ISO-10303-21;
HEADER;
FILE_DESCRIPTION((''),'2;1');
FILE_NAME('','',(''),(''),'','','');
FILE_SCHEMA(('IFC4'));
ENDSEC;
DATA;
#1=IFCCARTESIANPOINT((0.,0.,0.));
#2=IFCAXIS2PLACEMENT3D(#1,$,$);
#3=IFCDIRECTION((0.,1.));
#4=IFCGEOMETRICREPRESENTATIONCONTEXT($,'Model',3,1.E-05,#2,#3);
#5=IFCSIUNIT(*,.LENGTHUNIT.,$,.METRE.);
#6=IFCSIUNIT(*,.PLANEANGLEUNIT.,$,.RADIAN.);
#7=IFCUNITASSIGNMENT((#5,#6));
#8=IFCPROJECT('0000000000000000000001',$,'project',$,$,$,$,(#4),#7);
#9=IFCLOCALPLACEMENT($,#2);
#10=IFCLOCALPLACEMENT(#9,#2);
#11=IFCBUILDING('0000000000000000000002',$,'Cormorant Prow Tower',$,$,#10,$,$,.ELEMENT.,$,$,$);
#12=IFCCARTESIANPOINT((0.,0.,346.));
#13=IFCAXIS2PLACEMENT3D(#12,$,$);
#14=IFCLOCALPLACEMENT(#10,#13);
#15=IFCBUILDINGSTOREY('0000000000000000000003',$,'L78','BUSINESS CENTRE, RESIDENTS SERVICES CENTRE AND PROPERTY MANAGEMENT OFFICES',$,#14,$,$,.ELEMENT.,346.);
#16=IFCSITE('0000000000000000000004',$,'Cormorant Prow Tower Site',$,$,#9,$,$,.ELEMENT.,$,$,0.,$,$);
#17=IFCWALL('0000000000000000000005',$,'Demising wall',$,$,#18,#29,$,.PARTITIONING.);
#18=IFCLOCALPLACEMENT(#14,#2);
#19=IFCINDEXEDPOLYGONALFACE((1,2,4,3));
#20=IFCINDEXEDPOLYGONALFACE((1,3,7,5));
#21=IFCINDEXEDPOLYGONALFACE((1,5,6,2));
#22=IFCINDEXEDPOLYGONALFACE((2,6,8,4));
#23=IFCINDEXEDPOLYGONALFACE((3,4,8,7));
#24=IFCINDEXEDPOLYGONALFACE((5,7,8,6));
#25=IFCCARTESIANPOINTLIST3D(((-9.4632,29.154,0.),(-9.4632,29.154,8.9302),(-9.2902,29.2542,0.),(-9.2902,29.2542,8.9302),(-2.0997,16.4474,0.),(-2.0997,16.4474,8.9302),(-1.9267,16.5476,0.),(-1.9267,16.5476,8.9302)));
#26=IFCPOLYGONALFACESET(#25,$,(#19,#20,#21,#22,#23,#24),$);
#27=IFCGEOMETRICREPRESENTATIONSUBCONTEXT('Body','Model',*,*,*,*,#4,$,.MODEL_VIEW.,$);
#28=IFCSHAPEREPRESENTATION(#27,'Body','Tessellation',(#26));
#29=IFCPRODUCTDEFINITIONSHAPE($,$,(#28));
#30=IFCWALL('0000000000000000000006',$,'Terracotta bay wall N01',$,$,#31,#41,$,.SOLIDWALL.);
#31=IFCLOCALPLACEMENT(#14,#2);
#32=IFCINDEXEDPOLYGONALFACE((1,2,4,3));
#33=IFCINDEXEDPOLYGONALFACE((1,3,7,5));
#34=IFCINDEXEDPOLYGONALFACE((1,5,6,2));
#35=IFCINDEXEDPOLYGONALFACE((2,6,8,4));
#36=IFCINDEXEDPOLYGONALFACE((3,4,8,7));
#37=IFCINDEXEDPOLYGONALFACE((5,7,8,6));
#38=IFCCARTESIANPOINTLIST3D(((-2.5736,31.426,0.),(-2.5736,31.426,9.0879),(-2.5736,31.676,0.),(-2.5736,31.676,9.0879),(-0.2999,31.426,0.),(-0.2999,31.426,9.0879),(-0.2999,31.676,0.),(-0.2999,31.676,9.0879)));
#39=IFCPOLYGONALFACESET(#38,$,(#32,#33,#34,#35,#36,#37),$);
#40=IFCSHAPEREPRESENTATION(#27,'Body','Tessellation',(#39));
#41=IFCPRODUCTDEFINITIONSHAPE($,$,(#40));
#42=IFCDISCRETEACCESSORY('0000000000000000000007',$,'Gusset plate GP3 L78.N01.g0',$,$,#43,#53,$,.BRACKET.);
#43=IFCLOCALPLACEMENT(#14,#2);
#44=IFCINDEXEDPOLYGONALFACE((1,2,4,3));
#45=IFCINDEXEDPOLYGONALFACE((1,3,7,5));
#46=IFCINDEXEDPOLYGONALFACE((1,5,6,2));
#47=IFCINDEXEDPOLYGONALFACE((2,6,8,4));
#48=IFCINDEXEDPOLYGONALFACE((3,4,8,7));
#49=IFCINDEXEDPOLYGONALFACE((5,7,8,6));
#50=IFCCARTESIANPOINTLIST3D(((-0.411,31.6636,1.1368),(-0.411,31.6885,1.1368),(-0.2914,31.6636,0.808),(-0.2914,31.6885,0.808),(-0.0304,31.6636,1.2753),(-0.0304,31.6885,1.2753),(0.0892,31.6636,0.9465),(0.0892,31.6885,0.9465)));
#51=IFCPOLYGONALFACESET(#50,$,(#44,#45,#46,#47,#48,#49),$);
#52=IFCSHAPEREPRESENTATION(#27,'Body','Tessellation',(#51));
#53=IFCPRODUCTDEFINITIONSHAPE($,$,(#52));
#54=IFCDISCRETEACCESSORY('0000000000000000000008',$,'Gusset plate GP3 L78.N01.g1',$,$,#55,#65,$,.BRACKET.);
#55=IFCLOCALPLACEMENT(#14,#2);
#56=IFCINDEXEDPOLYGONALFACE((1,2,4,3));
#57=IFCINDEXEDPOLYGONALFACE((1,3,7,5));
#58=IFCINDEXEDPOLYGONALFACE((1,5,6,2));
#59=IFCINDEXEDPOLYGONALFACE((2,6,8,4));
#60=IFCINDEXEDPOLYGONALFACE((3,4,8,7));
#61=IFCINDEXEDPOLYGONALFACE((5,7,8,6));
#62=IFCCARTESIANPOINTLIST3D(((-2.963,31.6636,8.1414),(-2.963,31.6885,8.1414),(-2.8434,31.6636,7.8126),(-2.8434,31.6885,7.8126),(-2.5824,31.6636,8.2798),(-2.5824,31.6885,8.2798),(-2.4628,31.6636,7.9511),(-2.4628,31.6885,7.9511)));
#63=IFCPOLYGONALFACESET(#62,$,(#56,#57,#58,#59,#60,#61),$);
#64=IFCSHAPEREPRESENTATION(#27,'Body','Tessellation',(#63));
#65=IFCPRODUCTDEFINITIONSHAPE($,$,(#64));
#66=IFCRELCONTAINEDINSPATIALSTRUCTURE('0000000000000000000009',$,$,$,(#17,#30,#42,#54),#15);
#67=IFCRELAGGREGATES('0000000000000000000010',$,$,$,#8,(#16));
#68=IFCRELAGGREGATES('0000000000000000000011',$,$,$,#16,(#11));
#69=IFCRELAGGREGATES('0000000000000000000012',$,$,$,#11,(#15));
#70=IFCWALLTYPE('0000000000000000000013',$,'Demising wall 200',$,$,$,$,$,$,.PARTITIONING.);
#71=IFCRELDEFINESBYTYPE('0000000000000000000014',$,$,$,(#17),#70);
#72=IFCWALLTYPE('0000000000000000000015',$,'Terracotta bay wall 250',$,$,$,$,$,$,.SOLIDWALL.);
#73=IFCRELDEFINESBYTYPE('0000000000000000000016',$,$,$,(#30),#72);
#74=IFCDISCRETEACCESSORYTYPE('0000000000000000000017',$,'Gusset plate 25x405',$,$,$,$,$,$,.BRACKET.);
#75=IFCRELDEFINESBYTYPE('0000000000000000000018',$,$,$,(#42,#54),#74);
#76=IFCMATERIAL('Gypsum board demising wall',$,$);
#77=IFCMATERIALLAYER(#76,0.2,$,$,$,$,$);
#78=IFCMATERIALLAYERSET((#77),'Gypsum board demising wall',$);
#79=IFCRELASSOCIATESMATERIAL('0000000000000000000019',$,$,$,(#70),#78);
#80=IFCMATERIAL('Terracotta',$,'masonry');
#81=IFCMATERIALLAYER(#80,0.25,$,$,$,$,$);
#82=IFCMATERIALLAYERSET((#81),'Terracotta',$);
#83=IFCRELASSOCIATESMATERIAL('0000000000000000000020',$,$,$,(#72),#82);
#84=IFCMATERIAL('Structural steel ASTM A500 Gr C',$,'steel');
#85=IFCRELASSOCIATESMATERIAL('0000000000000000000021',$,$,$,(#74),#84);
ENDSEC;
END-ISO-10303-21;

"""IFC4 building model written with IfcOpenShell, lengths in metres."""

from ifc_helpers import new_model, si_unit, direction, frame, frame_2d, origin, origin_2d, place, context, subcontext, project, spatial, rectangle, extrude, material, layer, layer_set, material_profile, profile_set, type_object, element, save


model = new_model("IFC4")

# Units and contexts
model_context = context("Model", 3, precision=1e-05, world=origin(), true_north=direction((0.0, 1.0)))
body_context = subcontext(model_context, "Body", "Model", "MODEL_VIEW")
ifc_project = project(units=[si_unit("LENGTHUNIT", "METRE"), si_unit("PLANEANGLEUNIT", "RADIAN")], contexts=[model_context])

# Site, building, storey
site_placement = place(None, origin())
site = spatial("IfcSite", under=ifc_project, at=site_placement, Name="Cormorant Prow Tower Site", CompositionType="ELEMENT", RefElevation=0.0)
building_placement = place(site_placement, origin())
building = spatial("IfcBuilding", under=site, at=building_placement, Name="Cormorant Prow Tower", CompositionType="ELEMENT")
storey_placement = place(building_placement, frame((0.0, 0.0, 346.0)))
storey = spatial("IfcBuildingStorey", under=building, at=storey_placement, Name="L78", Description="BUSINESS CENTRE, RESIDENTS SERVICES CENTRE AND PROPERTY MANAGEMENT OFFICES", CompositionType="ELEMENT", Elevation=346.0)

# Walls
ifc_material_1 = material(Name="Gypsum board demising wall")
ifc_layer_1 = layer(ifc_material_1, 0.2)
ifc_layer_set_1 = layer_set([ifc_layer_1], Name="Gypsum board demising wall")
wall_type_1 = type_object("IfcWallType", Name="Demising wall 200", PredefinedType="PARTITIONING", material=ifc_layer_set_1)
wall_1_placement = place(storey_placement, frame((-9.3767, 29.2041, 0.0), z_axis=(0.0, 0.0, 1.0), x_axis=(0.501399, -0.865216, 0.0)))
element("IfcWall", 1, at=wall_1_placement, inside=storey, type_object=wall_type_1, Name="Demising wall", PredefinedType="PARTITIONING", context=body_context, shape_type="SweptSolid", body=[
    extrude(rectangle(XDim=14.686, YDim=0.2, at=frame_2d((7.343, 0.0))), origin(), (0.0, 0.0, 1.0), 8.9302),
])
ifc_material_2 = material(Name="Terracotta", Category="masonry")
ifc_layer_2 = layer(ifc_material_2, 0.25)
ifc_layer_set_2 = layer_set([ifc_layer_2], Name="Terracotta")
wall_type_2 = type_object("IfcWallType", Name="Terracotta bay wall 250", PredefinedType="SOLIDWALL", material=ifc_layer_set_2)
wall_2_placement = place(storey_placement, frame((-0.3, 31.551, 0.0), z_axis=(0.0, 0.0, 1.0), x_axis=(-1.0, 0.0, 0.0)))
element("IfcWall", 2, at=wall_2_placement, inside=storey, type_object=wall_type_2, Name="Terracotta bay wall N01", PredefinedType="SOLIDWALL", context=body_context, shape_type="SweptSolid", body=[
    extrude(rectangle(XDim=2.2737, YDim=0.25, at=frame_2d((1.1367, 0.0))), origin(), (0.0, 0.0, 1.0), 9.0879),
])

# Discrete accessories
ifc_material_3 = material(Name="Structural steel ASTM A500 Gr C", Category="steel")
ifc_material_profile_1 = material_profile(ifc_material_3, rectangle(XDim=0.0249, YDim=0.405, at=origin_2d()), Name="Gusset plate 25x405")
ifc_profile_set_1 = profile_set([ifc_material_profile_1], Name="Structural steel ASTM A500 Gr C")
discrete_accessory_type = type_object("IfcDiscreteAccessoryType", Name="Gusset plate 25x405", PredefinedType="BRACKET", material=ifc_profile_set_1)
for number, where, z_axis, x_axis, name in (
    (3, (-0.2207, 31.676, 1.2061), (0.341855, 0.0, -0.939753), (0.0, 1.0, 0.0), "Gusset plate GP3 L78.N01.g0"),
    (4, (-2.6531, 31.676, 7.8818), (-0.341855, 0.0, 0.939753), (0.0, -1.0, 0.0), "Gusset plate GP3 L78.N01.g1"),
):
    element("IfcDiscreteAccessory", number, at=place(storey_placement, frame(where, z_axis=z_axis, x_axis=x_axis)), inside=storey, type_object=discrete_accessory_type, Name=name, PredefinedType="BRACKET", context=body_context, shape_type="SweptSolid", body=[
        extrude(rectangle(XDim=0.0249, YDim=0.405, at=origin_2d()), origin(), (0.0, 0.0, 1.0), 0.3499),
    ])

save(model, "model.ifc")
